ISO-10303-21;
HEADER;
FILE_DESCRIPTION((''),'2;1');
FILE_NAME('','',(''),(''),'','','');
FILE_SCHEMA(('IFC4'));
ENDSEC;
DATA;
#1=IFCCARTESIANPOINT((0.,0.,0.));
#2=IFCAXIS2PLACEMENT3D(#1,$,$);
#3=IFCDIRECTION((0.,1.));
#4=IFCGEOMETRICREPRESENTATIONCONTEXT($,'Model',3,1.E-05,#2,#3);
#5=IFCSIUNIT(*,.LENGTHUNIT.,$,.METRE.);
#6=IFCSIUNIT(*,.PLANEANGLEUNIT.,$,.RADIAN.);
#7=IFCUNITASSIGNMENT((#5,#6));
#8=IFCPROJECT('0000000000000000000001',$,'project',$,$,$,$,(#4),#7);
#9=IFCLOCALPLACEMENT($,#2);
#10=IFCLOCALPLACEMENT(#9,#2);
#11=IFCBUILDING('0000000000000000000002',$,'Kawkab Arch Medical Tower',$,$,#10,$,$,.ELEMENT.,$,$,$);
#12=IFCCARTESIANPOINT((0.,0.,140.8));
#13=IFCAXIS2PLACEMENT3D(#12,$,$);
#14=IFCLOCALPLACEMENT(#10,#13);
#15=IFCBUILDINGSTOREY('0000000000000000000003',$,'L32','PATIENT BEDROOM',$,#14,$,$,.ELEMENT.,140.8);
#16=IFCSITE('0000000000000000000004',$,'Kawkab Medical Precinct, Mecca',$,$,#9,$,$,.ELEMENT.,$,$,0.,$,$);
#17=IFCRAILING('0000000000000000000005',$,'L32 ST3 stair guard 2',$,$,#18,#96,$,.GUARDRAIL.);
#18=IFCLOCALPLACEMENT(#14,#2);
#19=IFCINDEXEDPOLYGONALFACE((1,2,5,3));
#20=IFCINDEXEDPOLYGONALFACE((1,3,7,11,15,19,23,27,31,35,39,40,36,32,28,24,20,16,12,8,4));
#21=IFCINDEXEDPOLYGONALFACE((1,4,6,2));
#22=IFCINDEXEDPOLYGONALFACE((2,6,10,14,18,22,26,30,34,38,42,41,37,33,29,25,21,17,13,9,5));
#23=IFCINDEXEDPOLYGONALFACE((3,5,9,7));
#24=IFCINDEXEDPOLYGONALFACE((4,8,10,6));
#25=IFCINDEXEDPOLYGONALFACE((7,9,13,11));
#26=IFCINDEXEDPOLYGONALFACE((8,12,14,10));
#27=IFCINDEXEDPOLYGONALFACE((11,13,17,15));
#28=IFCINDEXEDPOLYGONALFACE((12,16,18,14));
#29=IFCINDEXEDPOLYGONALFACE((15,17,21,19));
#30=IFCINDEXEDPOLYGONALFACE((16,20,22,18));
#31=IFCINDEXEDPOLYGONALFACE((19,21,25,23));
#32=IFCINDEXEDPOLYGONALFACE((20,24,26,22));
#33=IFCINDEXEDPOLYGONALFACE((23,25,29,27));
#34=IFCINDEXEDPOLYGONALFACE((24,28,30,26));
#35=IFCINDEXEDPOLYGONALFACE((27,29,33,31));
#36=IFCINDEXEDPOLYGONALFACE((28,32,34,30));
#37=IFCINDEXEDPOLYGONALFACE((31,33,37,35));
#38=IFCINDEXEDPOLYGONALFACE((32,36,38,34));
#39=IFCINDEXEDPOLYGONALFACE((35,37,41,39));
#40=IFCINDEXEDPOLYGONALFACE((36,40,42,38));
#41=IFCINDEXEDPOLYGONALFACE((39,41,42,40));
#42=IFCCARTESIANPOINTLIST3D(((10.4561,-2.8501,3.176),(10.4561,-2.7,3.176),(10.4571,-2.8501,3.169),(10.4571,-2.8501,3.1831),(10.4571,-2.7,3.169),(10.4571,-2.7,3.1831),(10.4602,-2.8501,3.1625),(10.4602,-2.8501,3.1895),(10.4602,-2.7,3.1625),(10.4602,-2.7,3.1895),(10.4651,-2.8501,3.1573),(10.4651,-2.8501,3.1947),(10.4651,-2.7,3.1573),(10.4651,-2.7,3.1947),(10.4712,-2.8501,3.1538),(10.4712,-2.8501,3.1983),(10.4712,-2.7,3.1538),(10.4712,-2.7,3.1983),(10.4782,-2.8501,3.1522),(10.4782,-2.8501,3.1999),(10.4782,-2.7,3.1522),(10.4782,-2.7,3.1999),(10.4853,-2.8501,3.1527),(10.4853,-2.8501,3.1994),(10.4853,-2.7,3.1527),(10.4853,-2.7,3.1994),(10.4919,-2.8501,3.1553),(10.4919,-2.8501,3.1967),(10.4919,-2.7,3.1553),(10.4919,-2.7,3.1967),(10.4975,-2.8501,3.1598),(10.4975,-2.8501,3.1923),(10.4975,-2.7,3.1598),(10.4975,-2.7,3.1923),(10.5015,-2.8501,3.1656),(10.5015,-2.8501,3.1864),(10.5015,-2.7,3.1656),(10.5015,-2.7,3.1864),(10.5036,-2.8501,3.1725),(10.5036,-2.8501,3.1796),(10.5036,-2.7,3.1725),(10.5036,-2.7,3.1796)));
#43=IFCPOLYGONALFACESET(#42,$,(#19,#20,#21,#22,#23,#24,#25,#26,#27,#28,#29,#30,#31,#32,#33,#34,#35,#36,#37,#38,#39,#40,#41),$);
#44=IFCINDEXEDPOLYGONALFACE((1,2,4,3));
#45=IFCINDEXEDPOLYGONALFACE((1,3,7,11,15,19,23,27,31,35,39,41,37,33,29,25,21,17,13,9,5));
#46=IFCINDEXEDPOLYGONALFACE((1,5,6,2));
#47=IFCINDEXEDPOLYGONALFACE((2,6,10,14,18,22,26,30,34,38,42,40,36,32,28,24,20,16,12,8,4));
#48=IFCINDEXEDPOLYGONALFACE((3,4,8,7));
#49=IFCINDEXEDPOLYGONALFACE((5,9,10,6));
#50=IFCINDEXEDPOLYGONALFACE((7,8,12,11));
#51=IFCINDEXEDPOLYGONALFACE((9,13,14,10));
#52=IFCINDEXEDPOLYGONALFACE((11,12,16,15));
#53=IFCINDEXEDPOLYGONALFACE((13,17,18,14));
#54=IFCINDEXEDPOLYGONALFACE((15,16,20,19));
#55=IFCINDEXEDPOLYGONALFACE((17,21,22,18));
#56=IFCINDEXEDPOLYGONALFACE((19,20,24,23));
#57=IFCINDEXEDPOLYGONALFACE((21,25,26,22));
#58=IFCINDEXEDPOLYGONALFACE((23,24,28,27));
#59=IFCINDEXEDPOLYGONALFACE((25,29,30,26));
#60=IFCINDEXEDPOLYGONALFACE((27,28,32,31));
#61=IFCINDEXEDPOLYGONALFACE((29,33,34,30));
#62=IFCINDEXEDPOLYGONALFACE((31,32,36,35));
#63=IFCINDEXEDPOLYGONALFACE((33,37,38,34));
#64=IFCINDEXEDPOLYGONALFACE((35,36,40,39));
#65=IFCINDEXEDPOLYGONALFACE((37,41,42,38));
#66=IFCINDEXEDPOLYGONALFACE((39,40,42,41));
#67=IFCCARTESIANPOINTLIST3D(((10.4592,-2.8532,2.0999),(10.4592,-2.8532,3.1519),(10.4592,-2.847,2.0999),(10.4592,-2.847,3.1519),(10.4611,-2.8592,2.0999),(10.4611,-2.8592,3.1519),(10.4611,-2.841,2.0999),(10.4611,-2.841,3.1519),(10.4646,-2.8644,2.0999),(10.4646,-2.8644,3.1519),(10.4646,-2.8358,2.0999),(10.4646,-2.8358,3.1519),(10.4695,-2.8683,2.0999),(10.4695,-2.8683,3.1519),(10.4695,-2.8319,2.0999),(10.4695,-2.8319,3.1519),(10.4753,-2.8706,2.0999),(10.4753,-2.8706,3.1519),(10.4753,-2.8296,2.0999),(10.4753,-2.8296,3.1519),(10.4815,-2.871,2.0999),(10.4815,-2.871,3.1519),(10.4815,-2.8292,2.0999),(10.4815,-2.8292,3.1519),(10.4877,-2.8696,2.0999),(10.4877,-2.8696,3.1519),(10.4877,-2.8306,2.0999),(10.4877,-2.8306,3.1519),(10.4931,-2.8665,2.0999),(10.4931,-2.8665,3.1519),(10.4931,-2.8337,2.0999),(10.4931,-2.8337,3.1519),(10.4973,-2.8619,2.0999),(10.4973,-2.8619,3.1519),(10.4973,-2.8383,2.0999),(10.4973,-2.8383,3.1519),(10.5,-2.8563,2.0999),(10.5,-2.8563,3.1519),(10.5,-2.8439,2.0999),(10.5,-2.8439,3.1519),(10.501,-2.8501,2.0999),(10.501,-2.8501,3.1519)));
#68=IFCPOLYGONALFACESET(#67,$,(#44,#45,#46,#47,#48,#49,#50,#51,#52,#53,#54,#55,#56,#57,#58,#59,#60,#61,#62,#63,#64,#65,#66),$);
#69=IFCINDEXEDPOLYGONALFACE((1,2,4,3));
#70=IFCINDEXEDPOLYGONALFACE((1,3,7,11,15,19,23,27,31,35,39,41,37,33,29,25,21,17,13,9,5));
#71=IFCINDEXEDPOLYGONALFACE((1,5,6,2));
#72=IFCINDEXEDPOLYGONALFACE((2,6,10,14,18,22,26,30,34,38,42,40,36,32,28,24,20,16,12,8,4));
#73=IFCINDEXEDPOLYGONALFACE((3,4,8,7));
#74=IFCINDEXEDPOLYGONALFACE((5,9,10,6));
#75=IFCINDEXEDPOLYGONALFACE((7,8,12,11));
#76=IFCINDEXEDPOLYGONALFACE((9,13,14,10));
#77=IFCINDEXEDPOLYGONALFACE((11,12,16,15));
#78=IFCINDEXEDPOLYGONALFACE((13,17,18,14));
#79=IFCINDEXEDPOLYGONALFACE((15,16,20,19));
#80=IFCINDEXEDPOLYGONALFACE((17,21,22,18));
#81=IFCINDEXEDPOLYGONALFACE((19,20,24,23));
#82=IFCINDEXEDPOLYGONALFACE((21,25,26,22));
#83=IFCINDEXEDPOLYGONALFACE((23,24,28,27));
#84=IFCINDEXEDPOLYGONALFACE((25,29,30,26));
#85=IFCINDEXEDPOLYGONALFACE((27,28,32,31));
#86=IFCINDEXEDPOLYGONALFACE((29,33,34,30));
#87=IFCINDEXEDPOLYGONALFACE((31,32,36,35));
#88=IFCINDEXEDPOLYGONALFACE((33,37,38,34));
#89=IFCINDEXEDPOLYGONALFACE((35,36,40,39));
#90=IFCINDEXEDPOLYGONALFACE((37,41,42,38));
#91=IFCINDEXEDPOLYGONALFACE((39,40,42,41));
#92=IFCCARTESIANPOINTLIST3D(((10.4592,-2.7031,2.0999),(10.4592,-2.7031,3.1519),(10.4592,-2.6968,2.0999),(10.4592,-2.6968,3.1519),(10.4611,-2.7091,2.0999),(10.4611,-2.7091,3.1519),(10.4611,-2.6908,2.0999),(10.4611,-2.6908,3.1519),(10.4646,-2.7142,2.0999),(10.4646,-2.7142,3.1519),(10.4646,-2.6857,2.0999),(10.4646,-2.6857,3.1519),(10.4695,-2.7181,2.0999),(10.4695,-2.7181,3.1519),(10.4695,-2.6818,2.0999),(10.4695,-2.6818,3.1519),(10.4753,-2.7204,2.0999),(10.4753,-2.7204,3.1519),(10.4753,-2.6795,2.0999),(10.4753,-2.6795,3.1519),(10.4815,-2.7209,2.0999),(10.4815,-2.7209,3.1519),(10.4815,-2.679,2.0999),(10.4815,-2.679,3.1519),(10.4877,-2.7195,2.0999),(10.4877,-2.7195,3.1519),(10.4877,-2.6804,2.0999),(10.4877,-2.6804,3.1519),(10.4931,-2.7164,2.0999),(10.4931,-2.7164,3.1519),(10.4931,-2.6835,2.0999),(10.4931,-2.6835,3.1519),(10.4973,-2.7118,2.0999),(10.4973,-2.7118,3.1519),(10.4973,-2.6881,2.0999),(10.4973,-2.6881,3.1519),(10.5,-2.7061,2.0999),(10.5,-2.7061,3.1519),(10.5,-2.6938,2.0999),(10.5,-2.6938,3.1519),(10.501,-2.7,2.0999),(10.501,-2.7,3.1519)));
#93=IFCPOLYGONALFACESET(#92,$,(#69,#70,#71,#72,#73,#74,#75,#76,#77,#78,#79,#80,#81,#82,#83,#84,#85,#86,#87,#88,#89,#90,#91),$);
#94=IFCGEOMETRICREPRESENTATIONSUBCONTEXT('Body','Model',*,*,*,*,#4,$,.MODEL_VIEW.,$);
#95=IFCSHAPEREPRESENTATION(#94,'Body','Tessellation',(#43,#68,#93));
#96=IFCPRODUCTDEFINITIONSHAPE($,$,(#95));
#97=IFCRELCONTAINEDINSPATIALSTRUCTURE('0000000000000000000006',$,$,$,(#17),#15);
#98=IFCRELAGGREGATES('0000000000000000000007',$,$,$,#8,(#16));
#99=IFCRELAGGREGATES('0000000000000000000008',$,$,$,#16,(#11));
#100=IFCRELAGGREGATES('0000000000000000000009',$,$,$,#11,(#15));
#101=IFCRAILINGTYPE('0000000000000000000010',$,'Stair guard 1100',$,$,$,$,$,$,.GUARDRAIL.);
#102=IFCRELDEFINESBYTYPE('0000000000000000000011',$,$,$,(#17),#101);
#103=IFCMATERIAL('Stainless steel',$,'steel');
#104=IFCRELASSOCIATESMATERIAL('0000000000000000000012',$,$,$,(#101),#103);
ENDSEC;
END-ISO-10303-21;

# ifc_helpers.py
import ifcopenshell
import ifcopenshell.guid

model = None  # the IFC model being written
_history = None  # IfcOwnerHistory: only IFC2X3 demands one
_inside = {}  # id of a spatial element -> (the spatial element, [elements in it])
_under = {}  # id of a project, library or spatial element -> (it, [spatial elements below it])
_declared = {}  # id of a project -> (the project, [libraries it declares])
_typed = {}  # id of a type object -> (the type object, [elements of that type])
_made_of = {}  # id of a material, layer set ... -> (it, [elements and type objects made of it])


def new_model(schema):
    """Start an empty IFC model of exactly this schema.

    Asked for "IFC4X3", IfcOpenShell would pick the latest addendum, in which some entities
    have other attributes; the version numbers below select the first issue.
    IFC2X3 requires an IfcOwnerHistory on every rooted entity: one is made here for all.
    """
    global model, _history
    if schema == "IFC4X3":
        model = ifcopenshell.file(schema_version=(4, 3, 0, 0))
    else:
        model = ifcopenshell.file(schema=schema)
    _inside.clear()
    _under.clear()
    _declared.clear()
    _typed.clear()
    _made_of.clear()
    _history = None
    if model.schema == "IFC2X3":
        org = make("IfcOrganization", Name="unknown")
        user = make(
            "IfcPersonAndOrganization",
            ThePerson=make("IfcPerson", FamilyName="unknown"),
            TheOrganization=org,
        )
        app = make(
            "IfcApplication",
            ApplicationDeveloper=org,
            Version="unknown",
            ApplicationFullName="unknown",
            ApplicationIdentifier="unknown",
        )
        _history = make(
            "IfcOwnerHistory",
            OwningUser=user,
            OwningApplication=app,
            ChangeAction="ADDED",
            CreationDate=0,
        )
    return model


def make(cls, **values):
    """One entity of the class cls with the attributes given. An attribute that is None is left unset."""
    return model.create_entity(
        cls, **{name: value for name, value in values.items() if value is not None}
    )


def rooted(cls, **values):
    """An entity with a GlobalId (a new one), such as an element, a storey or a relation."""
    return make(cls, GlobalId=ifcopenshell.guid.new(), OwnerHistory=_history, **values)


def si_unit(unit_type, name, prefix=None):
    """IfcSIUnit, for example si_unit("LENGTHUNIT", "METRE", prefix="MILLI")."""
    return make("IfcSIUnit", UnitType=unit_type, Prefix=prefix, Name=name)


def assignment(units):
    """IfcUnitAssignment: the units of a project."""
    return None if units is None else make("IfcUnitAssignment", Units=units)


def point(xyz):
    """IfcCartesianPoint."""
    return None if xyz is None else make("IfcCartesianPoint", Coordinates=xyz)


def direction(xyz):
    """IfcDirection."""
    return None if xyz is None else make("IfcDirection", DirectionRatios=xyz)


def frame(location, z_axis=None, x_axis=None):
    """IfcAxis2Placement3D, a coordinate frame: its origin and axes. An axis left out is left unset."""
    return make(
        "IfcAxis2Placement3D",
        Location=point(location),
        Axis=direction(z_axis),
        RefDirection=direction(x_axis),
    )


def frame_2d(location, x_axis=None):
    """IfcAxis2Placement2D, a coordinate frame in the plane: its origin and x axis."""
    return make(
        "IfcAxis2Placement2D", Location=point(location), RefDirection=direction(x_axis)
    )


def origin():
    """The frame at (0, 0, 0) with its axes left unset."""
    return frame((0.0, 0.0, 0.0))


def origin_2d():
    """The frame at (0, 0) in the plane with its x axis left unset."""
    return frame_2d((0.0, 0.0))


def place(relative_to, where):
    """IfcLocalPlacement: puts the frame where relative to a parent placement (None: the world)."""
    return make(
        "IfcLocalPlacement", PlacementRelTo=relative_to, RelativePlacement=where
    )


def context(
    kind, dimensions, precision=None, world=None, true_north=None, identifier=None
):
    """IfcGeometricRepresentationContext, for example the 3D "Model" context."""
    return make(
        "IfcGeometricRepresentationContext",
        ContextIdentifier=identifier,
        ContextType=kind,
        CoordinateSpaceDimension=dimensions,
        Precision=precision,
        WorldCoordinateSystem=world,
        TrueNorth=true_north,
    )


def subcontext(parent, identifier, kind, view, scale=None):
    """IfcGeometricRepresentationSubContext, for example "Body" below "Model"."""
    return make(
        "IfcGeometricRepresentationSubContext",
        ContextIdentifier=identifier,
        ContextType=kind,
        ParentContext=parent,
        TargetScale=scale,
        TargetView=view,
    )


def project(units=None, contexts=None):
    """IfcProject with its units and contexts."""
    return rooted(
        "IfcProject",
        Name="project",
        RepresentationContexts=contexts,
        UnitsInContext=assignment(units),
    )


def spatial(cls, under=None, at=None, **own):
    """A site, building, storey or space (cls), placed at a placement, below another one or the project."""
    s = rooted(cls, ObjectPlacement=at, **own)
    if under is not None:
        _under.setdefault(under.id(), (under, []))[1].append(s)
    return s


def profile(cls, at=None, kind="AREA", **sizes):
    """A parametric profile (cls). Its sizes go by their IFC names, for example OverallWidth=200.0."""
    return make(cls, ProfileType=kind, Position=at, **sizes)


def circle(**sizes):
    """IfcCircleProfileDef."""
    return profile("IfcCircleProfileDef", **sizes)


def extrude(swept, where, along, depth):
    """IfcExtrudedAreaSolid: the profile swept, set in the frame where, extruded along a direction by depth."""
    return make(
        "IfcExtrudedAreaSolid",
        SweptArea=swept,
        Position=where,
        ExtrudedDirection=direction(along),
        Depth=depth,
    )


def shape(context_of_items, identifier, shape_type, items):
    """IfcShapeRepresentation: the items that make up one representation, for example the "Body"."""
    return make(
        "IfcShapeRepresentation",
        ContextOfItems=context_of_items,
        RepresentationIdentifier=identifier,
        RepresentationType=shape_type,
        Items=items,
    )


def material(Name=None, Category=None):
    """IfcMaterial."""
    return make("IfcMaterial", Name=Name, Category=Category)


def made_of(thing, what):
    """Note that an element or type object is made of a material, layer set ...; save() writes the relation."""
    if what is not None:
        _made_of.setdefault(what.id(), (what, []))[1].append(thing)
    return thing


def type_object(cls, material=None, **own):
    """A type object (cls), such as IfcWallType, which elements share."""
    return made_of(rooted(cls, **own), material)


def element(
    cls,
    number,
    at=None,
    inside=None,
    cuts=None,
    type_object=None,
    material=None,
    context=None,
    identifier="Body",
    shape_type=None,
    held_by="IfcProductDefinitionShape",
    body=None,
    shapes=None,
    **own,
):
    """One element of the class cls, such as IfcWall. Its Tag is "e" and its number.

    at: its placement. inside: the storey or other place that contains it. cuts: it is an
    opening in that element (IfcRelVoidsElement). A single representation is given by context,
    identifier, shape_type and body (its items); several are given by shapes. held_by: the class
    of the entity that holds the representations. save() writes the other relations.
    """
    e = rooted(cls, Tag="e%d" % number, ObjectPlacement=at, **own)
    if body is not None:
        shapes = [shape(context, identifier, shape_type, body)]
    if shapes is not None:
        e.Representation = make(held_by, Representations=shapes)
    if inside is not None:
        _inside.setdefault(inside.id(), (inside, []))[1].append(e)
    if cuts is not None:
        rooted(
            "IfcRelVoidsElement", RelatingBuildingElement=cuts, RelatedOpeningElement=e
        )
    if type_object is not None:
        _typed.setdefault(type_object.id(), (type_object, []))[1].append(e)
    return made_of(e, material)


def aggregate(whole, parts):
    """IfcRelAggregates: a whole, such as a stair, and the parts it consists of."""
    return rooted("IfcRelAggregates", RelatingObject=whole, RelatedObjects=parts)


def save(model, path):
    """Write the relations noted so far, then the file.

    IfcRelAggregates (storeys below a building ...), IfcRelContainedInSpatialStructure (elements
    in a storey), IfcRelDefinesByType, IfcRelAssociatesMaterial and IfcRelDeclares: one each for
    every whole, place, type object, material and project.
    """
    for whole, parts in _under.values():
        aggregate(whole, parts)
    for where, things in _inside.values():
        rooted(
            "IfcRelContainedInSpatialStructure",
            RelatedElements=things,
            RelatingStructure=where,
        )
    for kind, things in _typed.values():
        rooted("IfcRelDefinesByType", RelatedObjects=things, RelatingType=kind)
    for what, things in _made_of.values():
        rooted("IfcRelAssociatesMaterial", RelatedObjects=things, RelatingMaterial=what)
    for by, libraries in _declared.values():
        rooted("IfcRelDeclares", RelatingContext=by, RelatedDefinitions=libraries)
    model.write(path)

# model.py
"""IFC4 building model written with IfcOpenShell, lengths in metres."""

from ifc_helpers import new_model, si_unit, direction, frame, origin, origin_2d, place, context, subcontext, project, spatial, circle, extrude, material, type_object, element, save


model = new_model("IFC4")

# Units and contexts
model_context = context("Model", 3, precision=1e-05, world=origin(), true_north=direction((0.0, 1.0)))
body_context = subcontext(model_context, "Body", "Model", "MODEL_VIEW")
ifc_project = project(units=[si_unit("LENGTHUNIT", "METRE"), si_unit("PLANEANGLEUNIT", "RADIAN")], contexts=[model_context])

# Site, building, storey
site_placement = place(None, origin())
site = spatial("IfcSite", under=ifc_project, at=site_placement, Name="Kawkab Medical Precinct, Mecca", CompositionType="ELEMENT", RefElevation=0.0)
building_placement = place(site_placement, origin())
building = spatial("IfcBuilding", under=site, at=building_placement, Name="Kawkab Arch Medical Tower", CompositionType="ELEMENT")
storey_placement = place(building_placement, frame((0.0, 0.0, 140.8)))
storey = spatial("IfcBuildingStorey", under=building, at=storey_placement, Name="L32", Description="PATIENT BEDROOM", CompositionType="ELEMENT", Elevation=140.8)

# Railing
ifc_material_1 = material(Name="Stainless steel", Category="steel")
railing_type_1 = type_object("IfcRailingType", Name="Stair guard 1100", PredefinedType="GUARDRAIL", material=ifc_material_1)
railing_1_placement = place(storey_placement, frame((10.48, -2.8501, 2.0999)))
element("IfcRailing", 1, at=railing_1_placement, inside=storey, type_object=railing_type_1, Name="L32 ST3 stair guard 2", PredefinedType="GUARDRAIL", context=body_context, shape_type="SweptSolid", body=[
    extrude(circle(Radius=0.0239, at=origin_2d()), frame((0.0, 0.0, 1.0762), z_axis=(0.0, 1.0, 0.0), x_axis=(-1.0, 0.0, 0.0)), (0.0, 0.0, 1.0), 0.1501),
    extrude(circle(Radius=0.021, at=origin_2d()), origin(), (0.0, 0.0, 1.0), 1.052),
    extrude(circle(Radius=0.021, at=origin_2d()), frame((0.0, 0.1501, 0.0)), (0.0, 0.0, 1.0), 1.052),
])

save(model, "model.ifc")
